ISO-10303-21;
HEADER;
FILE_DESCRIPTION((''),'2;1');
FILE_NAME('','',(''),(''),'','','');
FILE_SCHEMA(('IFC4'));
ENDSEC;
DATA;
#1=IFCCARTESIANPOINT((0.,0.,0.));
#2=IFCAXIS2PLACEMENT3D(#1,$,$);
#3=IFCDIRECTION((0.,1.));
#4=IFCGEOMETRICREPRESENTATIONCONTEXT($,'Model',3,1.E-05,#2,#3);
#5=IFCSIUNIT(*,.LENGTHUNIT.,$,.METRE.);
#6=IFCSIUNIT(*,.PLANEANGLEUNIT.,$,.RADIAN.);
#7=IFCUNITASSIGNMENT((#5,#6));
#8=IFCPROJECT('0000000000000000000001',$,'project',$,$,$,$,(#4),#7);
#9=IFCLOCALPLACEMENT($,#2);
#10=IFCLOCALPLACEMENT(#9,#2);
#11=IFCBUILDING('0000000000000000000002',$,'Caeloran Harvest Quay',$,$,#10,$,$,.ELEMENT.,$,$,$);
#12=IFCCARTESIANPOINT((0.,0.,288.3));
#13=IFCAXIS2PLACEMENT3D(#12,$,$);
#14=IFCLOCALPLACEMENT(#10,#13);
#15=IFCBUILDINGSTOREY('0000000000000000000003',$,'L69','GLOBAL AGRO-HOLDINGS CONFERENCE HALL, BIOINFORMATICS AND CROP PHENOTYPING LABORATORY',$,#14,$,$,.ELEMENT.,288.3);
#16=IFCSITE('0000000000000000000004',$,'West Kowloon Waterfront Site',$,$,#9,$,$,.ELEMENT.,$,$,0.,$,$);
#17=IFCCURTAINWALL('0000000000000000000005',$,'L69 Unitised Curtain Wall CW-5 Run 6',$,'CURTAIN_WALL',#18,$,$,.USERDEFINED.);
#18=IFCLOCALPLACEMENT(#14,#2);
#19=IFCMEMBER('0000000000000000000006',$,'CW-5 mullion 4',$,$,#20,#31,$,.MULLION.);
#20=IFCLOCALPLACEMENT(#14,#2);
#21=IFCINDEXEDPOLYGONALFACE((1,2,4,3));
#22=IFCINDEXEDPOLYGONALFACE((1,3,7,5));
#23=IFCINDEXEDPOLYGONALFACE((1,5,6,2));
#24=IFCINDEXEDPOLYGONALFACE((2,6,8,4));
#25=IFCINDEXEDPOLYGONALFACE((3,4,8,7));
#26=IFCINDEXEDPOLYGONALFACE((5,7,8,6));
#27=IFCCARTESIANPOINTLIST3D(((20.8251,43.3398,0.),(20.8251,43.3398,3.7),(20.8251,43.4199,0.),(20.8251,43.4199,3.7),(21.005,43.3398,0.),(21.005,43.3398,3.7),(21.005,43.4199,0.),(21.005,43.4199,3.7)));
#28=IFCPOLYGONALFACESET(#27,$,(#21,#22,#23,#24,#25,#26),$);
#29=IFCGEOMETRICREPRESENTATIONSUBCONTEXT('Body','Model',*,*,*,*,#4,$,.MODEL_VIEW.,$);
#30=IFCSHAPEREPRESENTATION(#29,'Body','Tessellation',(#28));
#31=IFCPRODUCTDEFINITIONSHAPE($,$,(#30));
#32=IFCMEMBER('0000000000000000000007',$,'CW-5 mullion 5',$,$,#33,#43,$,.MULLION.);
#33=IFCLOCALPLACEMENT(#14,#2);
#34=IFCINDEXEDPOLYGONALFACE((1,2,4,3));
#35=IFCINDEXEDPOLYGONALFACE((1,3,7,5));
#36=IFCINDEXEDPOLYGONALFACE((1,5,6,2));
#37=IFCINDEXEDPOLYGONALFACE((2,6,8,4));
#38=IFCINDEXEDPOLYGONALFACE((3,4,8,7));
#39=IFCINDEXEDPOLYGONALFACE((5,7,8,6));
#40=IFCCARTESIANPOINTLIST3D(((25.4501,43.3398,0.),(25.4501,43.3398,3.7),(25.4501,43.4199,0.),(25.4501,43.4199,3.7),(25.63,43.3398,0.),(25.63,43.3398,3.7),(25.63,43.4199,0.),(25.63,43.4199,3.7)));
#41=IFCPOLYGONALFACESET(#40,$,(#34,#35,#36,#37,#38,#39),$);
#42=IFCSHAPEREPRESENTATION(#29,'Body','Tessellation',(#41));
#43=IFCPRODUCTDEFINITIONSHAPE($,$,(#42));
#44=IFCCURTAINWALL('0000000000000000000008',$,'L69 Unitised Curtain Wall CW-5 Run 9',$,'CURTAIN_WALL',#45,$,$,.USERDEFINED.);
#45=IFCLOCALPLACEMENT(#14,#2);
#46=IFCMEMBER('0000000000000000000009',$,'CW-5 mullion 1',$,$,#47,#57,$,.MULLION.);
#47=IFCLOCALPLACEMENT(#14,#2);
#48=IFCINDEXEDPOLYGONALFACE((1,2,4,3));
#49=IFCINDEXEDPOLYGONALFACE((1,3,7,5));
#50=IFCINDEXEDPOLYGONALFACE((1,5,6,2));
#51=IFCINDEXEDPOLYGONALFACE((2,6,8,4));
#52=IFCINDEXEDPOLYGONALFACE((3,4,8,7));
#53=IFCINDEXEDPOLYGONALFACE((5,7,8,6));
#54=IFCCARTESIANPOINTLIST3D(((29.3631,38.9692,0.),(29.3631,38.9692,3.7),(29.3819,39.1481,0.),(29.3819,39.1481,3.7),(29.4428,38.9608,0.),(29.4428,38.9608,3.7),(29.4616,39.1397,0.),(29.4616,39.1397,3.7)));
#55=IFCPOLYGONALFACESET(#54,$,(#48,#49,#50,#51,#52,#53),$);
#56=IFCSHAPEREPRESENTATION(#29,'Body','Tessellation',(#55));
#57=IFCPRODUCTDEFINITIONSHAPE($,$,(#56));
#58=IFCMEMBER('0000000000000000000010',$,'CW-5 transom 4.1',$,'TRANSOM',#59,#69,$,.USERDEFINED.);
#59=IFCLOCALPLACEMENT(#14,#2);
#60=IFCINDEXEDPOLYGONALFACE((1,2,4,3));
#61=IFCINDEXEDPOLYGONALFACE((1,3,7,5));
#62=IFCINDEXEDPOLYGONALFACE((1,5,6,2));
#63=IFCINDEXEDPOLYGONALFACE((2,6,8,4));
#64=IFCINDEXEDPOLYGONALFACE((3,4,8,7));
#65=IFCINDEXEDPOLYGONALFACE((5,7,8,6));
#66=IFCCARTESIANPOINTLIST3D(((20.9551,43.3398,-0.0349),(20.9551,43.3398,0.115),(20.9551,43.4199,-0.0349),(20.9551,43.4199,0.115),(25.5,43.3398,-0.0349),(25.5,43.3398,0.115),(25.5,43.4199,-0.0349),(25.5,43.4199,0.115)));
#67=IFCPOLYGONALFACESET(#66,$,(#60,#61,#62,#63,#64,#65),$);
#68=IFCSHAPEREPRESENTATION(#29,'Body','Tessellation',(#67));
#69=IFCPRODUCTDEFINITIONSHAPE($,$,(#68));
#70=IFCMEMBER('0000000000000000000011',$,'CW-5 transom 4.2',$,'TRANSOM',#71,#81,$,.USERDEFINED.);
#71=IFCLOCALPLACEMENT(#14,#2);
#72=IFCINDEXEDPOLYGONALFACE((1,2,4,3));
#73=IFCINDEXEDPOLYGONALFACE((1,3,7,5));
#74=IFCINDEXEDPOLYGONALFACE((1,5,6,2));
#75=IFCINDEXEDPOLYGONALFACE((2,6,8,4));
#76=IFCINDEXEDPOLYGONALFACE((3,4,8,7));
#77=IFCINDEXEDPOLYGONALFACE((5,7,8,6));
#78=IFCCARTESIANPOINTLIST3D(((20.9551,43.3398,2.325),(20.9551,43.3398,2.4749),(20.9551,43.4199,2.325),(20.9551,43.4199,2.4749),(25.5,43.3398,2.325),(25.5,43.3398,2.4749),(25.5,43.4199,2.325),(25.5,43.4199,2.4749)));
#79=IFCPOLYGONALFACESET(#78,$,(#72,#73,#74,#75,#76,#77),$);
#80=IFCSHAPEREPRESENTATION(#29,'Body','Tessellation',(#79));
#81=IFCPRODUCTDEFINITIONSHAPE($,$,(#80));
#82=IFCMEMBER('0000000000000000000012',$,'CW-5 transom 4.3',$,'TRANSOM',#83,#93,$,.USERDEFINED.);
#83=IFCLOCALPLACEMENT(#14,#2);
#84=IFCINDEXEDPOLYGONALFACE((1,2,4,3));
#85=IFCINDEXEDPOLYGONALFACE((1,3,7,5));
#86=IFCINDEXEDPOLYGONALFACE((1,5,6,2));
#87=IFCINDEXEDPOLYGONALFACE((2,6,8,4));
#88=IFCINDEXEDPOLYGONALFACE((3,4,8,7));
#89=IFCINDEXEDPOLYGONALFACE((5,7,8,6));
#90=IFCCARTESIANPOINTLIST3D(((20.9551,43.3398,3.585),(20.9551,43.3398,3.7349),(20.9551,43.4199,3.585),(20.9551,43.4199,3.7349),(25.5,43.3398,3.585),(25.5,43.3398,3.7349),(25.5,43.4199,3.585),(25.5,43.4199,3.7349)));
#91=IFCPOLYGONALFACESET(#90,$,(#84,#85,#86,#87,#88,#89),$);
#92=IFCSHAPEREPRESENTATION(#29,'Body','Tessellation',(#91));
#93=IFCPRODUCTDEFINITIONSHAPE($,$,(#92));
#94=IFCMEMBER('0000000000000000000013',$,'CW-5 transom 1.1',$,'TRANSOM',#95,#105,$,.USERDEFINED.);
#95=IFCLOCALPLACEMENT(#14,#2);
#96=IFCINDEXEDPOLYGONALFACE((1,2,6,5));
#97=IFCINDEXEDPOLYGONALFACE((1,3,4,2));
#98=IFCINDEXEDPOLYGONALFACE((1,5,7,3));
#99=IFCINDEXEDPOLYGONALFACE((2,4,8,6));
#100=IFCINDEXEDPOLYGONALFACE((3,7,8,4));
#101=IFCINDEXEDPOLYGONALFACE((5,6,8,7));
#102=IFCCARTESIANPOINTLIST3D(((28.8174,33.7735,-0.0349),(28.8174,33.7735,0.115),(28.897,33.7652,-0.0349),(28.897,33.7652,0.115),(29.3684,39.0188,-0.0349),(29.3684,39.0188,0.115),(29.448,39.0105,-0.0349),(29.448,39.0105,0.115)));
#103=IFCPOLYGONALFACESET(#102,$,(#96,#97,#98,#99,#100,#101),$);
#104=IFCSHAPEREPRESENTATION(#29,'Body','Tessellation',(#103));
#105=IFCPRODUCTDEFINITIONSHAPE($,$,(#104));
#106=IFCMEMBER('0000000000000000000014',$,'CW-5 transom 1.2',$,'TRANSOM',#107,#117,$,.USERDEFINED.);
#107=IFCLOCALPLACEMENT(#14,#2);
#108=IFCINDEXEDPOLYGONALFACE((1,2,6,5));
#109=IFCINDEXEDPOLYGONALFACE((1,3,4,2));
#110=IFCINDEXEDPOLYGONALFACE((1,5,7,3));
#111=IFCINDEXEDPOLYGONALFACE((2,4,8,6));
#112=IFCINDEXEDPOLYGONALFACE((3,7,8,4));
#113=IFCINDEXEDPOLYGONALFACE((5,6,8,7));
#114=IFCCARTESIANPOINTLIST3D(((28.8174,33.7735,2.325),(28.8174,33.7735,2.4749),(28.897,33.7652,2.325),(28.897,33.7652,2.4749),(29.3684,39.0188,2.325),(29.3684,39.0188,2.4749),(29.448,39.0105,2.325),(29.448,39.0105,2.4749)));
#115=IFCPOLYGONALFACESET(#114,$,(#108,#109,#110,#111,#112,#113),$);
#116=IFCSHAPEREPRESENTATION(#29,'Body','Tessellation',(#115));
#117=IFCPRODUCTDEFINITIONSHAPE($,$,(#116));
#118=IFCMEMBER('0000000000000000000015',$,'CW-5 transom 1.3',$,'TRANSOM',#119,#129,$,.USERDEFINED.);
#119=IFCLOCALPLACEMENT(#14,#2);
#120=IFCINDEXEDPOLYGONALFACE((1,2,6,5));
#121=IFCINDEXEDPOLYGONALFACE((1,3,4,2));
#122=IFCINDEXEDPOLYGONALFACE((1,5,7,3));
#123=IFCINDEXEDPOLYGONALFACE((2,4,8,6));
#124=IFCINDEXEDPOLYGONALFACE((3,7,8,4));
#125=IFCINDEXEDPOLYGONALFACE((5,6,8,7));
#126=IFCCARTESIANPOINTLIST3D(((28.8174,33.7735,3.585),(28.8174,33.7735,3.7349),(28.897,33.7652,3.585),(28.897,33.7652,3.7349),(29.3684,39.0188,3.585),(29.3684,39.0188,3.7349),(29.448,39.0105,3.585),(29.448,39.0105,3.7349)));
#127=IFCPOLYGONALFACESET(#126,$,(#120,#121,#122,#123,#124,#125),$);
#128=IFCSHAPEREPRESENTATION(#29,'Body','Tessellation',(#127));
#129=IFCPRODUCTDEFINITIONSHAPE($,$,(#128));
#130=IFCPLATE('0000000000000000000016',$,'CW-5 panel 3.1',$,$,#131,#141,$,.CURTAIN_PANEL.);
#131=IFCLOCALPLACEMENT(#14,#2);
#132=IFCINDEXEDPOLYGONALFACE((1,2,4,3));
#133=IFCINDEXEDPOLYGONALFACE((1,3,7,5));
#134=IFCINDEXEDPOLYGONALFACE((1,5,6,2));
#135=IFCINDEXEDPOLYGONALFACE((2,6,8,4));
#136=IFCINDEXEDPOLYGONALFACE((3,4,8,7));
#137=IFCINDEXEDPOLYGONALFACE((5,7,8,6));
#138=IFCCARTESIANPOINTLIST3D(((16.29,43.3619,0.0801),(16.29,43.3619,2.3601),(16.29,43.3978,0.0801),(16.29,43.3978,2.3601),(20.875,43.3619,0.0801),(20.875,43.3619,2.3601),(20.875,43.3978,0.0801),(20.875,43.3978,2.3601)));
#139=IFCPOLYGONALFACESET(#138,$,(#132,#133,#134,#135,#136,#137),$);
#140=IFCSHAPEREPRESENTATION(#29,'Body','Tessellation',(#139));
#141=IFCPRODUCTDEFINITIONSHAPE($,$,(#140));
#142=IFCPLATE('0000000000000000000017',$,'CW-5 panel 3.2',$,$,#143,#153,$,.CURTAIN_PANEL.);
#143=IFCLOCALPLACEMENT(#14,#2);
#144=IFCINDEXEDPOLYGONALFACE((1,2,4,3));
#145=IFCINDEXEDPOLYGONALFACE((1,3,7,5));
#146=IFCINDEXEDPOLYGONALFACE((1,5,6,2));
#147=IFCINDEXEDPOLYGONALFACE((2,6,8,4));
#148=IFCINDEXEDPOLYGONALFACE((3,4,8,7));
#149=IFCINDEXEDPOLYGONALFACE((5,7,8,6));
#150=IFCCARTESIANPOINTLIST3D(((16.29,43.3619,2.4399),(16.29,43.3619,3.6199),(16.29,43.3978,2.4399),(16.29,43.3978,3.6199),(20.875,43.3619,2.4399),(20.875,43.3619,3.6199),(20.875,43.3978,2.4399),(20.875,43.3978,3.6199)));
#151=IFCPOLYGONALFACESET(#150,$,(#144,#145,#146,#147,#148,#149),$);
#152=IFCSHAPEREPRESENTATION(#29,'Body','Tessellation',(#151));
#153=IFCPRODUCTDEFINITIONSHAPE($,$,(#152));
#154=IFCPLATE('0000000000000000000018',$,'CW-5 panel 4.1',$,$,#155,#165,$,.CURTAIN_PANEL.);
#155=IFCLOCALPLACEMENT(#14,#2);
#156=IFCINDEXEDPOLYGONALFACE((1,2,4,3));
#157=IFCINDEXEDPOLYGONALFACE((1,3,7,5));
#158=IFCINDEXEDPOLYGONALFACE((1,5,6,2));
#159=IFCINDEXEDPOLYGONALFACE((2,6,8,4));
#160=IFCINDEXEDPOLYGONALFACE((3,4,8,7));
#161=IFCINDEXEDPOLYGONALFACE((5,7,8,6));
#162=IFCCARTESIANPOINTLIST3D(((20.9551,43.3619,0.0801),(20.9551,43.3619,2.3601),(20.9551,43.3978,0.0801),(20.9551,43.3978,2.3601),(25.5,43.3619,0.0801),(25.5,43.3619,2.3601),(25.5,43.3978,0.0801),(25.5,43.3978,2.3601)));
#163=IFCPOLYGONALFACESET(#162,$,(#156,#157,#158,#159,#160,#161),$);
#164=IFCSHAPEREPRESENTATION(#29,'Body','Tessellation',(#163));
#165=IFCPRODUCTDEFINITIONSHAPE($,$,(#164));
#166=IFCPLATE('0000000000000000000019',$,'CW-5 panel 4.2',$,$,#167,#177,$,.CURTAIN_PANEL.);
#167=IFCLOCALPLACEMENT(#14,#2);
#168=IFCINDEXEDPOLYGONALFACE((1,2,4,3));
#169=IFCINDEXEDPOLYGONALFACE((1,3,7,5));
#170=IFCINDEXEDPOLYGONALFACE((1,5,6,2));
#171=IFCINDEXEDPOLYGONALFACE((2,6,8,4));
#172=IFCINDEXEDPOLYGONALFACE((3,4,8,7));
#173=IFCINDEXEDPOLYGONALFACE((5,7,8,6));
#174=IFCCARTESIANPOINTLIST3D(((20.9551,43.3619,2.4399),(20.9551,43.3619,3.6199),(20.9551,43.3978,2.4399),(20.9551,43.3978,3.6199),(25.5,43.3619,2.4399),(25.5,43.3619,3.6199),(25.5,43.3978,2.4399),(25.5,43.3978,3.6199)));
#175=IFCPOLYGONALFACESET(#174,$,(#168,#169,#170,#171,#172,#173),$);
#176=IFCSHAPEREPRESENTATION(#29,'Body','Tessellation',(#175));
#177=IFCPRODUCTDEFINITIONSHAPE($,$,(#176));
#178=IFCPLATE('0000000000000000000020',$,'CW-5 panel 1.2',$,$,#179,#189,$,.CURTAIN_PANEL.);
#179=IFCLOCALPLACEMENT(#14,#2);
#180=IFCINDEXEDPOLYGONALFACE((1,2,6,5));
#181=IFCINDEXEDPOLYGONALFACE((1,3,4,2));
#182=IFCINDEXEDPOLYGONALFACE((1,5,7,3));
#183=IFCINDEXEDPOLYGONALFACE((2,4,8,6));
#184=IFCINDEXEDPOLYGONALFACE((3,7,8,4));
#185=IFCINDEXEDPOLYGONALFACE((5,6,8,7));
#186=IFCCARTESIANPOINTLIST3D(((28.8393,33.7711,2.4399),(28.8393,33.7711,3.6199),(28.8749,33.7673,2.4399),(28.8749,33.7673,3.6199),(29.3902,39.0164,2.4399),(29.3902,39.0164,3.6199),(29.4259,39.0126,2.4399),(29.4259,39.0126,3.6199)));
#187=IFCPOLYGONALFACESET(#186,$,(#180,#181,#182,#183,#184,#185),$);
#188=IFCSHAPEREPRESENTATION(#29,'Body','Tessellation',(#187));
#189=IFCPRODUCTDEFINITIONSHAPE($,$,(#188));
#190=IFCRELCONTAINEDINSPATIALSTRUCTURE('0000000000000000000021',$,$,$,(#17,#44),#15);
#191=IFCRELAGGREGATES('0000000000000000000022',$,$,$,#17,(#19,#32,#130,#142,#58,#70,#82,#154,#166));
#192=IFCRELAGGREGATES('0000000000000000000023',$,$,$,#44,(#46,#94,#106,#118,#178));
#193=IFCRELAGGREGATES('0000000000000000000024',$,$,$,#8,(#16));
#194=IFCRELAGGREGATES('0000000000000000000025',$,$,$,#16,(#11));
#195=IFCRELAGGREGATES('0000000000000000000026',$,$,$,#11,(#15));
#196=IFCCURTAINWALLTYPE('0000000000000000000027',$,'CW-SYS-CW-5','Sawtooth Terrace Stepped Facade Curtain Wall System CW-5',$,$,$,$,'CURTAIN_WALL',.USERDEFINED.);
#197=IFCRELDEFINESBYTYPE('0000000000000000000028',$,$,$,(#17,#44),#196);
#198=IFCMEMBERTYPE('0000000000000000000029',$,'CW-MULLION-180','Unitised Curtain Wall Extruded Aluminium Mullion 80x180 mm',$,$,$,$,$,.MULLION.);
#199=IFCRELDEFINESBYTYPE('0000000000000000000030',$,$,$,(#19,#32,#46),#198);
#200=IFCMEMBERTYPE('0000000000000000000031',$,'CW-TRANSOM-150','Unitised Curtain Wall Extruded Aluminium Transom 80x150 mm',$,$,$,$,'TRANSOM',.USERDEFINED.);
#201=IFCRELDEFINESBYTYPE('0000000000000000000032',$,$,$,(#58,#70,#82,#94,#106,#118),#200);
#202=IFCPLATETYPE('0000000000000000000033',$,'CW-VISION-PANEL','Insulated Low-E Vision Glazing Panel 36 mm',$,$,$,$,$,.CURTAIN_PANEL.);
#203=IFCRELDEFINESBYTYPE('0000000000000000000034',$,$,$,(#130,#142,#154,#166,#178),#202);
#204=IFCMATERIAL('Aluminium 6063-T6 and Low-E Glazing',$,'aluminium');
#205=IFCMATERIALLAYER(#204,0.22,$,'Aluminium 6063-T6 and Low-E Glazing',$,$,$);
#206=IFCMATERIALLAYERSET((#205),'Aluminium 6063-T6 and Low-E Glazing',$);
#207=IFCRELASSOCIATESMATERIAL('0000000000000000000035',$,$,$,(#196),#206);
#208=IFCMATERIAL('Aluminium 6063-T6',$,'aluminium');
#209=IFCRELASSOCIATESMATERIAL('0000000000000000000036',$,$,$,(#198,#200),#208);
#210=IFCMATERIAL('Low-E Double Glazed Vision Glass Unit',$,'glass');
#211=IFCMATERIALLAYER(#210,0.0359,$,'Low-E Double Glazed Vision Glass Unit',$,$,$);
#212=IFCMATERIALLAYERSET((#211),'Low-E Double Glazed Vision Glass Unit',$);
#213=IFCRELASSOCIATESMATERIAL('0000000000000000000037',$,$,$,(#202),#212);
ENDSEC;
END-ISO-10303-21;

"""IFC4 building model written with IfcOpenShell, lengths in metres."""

from ifc_helpers import new_model, si_unit, direction, frame, origin, origin_2d, place, context, subcontext, project, spatial, rectangle, extrude, material, layer, layer_set, material_profile, profile_set, type_object, element, aggregate, save


model = new_model("IFC4")

# Units and contexts
model_context = context("Model", 3, precision=1e-05, world=origin(), true_north=direction((0.0, 1.0)))
body_context = subcontext(model_context, "Body", "Model", "MODEL_VIEW")
ifc_project = project(units=[si_unit("LENGTHUNIT", "METRE"), si_unit("PLANEANGLEUNIT", "RADIAN")], contexts=[model_context])

# Site, building, storey
site_placement = place(None, origin())
site = spatial("IfcSite", under=ifc_project, at=site_placement, Name="West Kowloon Waterfront Site", CompositionType="ELEMENT", RefElevation=0.0)
building_placement = place(site_placement, origin())
building = spatial("IfcBuilding", under=site, at=building_placement, Name="Caeloran Harvest Quay", CompositionType="ELEMENT")
storey_placement = place(building_placement, frame((0.0, 0.0, 288.3)))
storey = spatial("IfcBuildingStorey", under=building, at=storey_placement, Name="L69", Description="GLOBAL AGRO-HOLDINGS CONFERENCE HALL, BIOINFORMATICS AND CROP PHENOTYPING LABORATORY", CompositionType="ELEMENT", Elevation=288.3)

# Curtain wall, members
ifc_material_1 = material(Name="Aluminium 6063-T6 and Low-E Glazing", Category="aluminium")
ifc_layer_1 = layer(ifc_material_1, 0.22, Name="Aluminium 6063-T6 and Low-E Glazing")
ifc_layer_set_1 = layer_set([ifc_layer_1], Name="Aluminium 6063-T6 and Low-E Glazing")
curtain_wall_type = type_object("IfcCurtainWallType", Name="CW-SYS-CW-5", Description="Sawtooth Terrace Stepped Facade Curtain Wall System CW-5", ElementType="CURTAIN_WALL", PredefinedType="USERDEFINED", material=ifc_layer_set_1)
curtain_wall_1_placement = place(storey_placement, origin())
curtain_wall_1 = element("IfcCurtainWall", 1, at=curtain_wall_1_placement, inside=storey, type_object=curtain_wall_type, Name="L69 Unitised Curtain Wall CW-5 Run 6", ObjectType="CURTAIN_WALL", PredefinedType="USERDEFINED")
ifc_material_2 = material(Name="Aluminium 6063-T6", Category="aluminium")
ifc_material_profile_1 = material_profile(ifc_material_2, rectangle(XDim=0.0801, YDim=0.1799, at=origin_2d()), Name="CW-MULLION-180")
ifc_profile_set_1 = profile_set([ifc_material_profile_1], Name="Aluminium 6063-T6")
member_type_1 = type_object("IfcMemberType", Name="CW-MULLION-180", Description="Unitised Curtain Wall Extruded Aluminium Mullion 80x180 mm", PredefinedType="MULLION", material=ifc_profile_set_1)
member_1_placement = place(storey_placement, frame((20.915, 43.3799, 0.0), z_axis=(0.0, 0.0, 1.0), x_axis=(0.0, 1.0, 0.0)))
member_1 = element("IfcMember", 2, at=member_1_placement, type_object=member_type_1, Name="CW-5 mullion 4", PredefinedType="MULLION", context=body_context, shape_type="SweptSolid", body=[
    extrude(rectangle(XDim=0.0801, YDim=0.1799, at=origin_2d()), origin(), (0.0, 0.0, 1.0), 3.7),
])
member_2_placement = place(storey_placement, frame((25.54, 43.3799, 0.0), z_axis=(0.0, 0.0, 1.0), x_axis=(0.0, 1.0, 0.0)))
member_2 = element("IfcMember", 3, at=member_2_placement, type_object=member_type_1, Name="CW-5 mullion 5", PredefinedType="MULLION", context=body_context, shape_type="SweptSolid", body=[
    extrude(rectangle(XDim=0.0801, YDim=0.1799, at=origin_2d()), origin(), (0.0, 0.0, 1.0), 3.7),
])

# Curtain wall, member
curtain_wall_2_placement = place(storey_placement, origin())
curtain_wall_2 = element("IfcCurtainWall", 4, at=curtain_wall_2_placement, inside=storey, type_object=curtain_wall_type, Name="L69 Unitised Curtain Wall CW-5 Run 9", ObjectType="CURTAIN_WALL", PredefinedType="USERDEFINED")
member_3_placement = place(storey_placement, frame((29.4124, 39.0544, 0.0), z_axis=(0.0, 0.0, 1.0), x_axis=(0.994529, -0.10446, 0.0)))
member_3 = element("IfcMember", 5, at=member_3_placement, type_object=member_type_1, Name="CW-5 mullion 1", PredefinedType="MULLION", context=body_context, shape_type="SweptSolid", body=[
    extrude(rectangle(XDim=0.0801, YDim=0.1799, at=origin_2d()), origin(), (0.0, 0.0, 1.0), 3.7),
])

# Members
ifc_material_profile_2 = material_profile(ifc_material_2, rectangle(XDim=0.0801, YDim=0.1499, at=origin_2d()), Name="CW-TRANSOM-150")
ifc_profile_set_2 = profile_set([ifc_material_profile_2], Name="Aluminium 6063-T6")
member_type_2 = type_object("IfcMemberType", Name="CW-TRANSOM-150", Description="Unitised Curtain Wall Extruded Aluminium Transom 80x150 mm", ElementType="TRANSOM", PredefinedType="USERDEFINED", material=ifc_profile_set_2)
member_4_placement = place(storey_placement, frame((20.9551, 43.3799, 0.04), z_axis=(1.0, 0.0, 0.0), x_axis=(0.0, 1.0, 0.0)))
member_4 = element("IfcMember", 6, at=member_4_placement, type_object=member_type_2, Name="CW-5 transom 4.1", ObjectType="TRANSOM", PredefinedType="USERDEFINED", context=body_context, shape_type="SweptSolid", body=[
    extrude(rectangle(XDim=0.0801, YDim=0.1499, at=origin_2d()), origin(), (0.0, 0.0, 1.0), 4.5449),
])
member_5_placement = place(storey_placement, frame((20.9551, 43.3799, 2.3999), z_axis=(1.0, 0.0, 0.0), x_axis=(0.0, 1.0, 0.0)))
member_5 = element("IfcMember", 7, at=member_5_placement, type_object=member_type_2, Name="CW-5 transom 4.2", ObjectType="TRANSOM", PredefinedType="USERDEFINED", context=body_context, shape_type="SweptSolid", body=[
    extrude(rectangle(XDim=0.0801, YDim=0.1499, at=origin_2d()), origin(), (0.0, 0.0, 1.0), 4.5449),
])
member_6_placement = place(storey_placement, frame((20.9551, 43.3799, 3.6599), z_axis=(1.0, 0.0, 0.0), x_axis=(0.0, 1.0, 0.0)))
member_6 = element("IfcMember", 8, at=member_6_placement, type_object=member_type_2, Name="CW-5 transom 4.3", ObjectType="TRANSOM", PredefinedType="USERDEFINED", context=body_context, shape_type="SweptSolid", body=[
    extrude(rectangle(XDim=0.0801, YDim=0.1499, at=origin_2d()), origin(), (0.0, 0.0, 1.0), 4.5449),
])
member_7_placement = place(storey_placement, frame((29.4082, 39.0146, 0.04), z_axis=(-0.104475, -0.994527, 0.0), x_axis=(0.994527, -0.104475, 0.0)))
member_7 = element("IfcMember", 9, at=member_7_placement, type_object=member_type_2, Name="CW-5 transom 1.1", ObjectType="TRANSOM", PredefinedType="USERDEFINED", context=body_context, shape_type="SweptSolid", body=[
    extrude(rectangle(XDim=0.0801, YDim=0.1499, at=origin_2d()), origin(), (0.0, 0.0, 1.0), 5.2742),
])
member_8_placement = place(storey_placement, frame((29.4082, 39.0146, 2.3999), z_axis=(-0.104475, -0.994527, 0.0), x_axis=(0.994527, -0.104475, 0.0)))
member_8 = element("IfcMember", 10, at=member_8_placement, type_object=member_type_2, Name="CW-5 transom 1.2", ObjectType="TRANSOM", PredefinedType="USERDEFINED", context=body_context, shape_type="SweptSolid", body=[
    extrude(rectangle(XDim=0.0801, YDim=0.1499, at=origin_2d()), origin(), (0.0, 0.0, 1.0), 5.2742),
])
member_9_placement = place(storey_placement, frame((29.4082, 39.0146, 3.6599), z_axis=(-0.104475, -0.994527, 0.0), x_axis=(0.994527, -0.104475, 0.0)))
member_9 = element("IfcMember", 11, at=member_9_placement, type_object=member_type_2, Name="CW-5 transom 1.3", ObjectType="TRANSOM", PredefinedType="USERDEFINED", context=body_context, shape_type="SweptSolid", body=[
    extrude(rectangle(XDim=0.0801, YDim=0.1499, at=origin_2d()), origin(), (0.0, 0.0, 1.0), 5.2742),
])

# Plates
ifc_material_3 = material(Name="Low-E Double Glazed Vision Glass Unit", Category="glass")
ifc_layer_2 = layer(ifc_material_3, 0.0359, Name="Low-E Double Glazed Vision Glass Unit")
ifc_layer_set_2 = layer_set([ifc_layer_2], Name="Low-E Double Glazed Vision Glass Unit")
plate_type = type_object("IfcPlateType", Name="CW-VISION-PANEL", Description="Insulated Low-E Vision Glazing Panel 36 mm", PredefinedType="CURTAIN_PANEL", material=ifc_layer_set_2)
plate_1_placement = place(storey_placement, frame((18.5825, 43.3799, 0.0801), z_axis=(0.0, 0.0, 1.0), x_axis=(1.0, 0.0, 0.0)))
plate_1 = element("IfcPlate", 12, at=plate_1_placement, type_object=plate_type, Name="CW-5 panel 3.1", PredefinedType="CURTAIN_PANEL", context=body_context, shape_type="SweptSolid", body=[
    extrude(rectangle(XDim=4.585, YDim=0.0359, at=origin_2d()), origin(), (0.0, 0.0, 1.0), 2.28),
])
plate_2_placement = place(storey_placement, frame((18.5825, 43.3799, 2.4399), z_axis=(0.0, 0.0, 1.0), x_axis=(1.0, 0.0, 0.0)))
plate_2 = element("IfcPlate", 13, at=plate_2_placement, type_object=plate_type, Name="CW-5 panel 3.2", PredefinedType="CURTAIN_PANEL", context=body_context, shape_type="SweptSolid", body=[
    extrude(rectangle(XDim=4.585, YDim=0.0359, at=origin_2d()), origin(), (0.0, 0.0, 1.0), 1.1799),
])
plate_3_placement = place(storey_placement, frame((23.2275, 43.3799, 0.0801), z_axis=(0.0, 0.0, 1.0), x_axis=(1.0, 0.0, 0.0)))
plate_3 = element("IfcPlate", 14, at=plate_3_placement, type_object=plate_type, Name="CW-5 panel 4.1", PredefinedType="CURTAIN_PANEL", context=body_context, shape_type="SweptSolid", body=[
    extrude(rectangle(XDim=4.5449, YDim=0.0359, at=origin_2d()), origin(), (0.0, 0.0, 1.0), 2.28),
])
plate_4_placement = place(storey_placement, frame((23.2275, 43.3799, 2.4399), z_axis=(0.0, 0.0, 1.0), x_axis=(1.0, 0.0, 0.0)))
plate_4 = element("IfcPlate", 15, at=plate_4_placement, type_object=plate_type, Name="CW-5 panel 4.2", PredefinedType="CURTAIN_PANEL", context=body_context, shape_type="SweptSolid", body=[
    extrude(rectangle(XDim=4.5449, YDim=0.0359, at=origin_2d()), origin(), (0.0, 0.0, 1.0), 1.1799),
])
aggregate(curtain_wall_1, [member_1, member_2, plate_1, plate_2, member_4, member_5, member_6, plate_3, plate_4])
plate_5_placement = place(storey_placement, frame((29.1326, 36.3918, 2.4399), z_axis=(0.0, 0.0, 1.0), x_axis=(-0.10446, -0.994529, 0.0)))
plate_5 = element("IfcPlate", 16, at=plate_5_placement, type_object=plate_type, Name="CW-5 panel 1.2", PredefinedType="CURTAIN_PANEL", context=body_context, shape_type="SweptSolid", body=[
    extrude(rectangle(XDim=5.2742, YDim=0.0359, at=origin_2d()), origin(), (0.0, 0.0, 1.0), 1.1799),
])
aggregate(curtain_wall_2, [member_3, member_7, member_8, member_9, plate_5])

save(model, "model.ifc")
